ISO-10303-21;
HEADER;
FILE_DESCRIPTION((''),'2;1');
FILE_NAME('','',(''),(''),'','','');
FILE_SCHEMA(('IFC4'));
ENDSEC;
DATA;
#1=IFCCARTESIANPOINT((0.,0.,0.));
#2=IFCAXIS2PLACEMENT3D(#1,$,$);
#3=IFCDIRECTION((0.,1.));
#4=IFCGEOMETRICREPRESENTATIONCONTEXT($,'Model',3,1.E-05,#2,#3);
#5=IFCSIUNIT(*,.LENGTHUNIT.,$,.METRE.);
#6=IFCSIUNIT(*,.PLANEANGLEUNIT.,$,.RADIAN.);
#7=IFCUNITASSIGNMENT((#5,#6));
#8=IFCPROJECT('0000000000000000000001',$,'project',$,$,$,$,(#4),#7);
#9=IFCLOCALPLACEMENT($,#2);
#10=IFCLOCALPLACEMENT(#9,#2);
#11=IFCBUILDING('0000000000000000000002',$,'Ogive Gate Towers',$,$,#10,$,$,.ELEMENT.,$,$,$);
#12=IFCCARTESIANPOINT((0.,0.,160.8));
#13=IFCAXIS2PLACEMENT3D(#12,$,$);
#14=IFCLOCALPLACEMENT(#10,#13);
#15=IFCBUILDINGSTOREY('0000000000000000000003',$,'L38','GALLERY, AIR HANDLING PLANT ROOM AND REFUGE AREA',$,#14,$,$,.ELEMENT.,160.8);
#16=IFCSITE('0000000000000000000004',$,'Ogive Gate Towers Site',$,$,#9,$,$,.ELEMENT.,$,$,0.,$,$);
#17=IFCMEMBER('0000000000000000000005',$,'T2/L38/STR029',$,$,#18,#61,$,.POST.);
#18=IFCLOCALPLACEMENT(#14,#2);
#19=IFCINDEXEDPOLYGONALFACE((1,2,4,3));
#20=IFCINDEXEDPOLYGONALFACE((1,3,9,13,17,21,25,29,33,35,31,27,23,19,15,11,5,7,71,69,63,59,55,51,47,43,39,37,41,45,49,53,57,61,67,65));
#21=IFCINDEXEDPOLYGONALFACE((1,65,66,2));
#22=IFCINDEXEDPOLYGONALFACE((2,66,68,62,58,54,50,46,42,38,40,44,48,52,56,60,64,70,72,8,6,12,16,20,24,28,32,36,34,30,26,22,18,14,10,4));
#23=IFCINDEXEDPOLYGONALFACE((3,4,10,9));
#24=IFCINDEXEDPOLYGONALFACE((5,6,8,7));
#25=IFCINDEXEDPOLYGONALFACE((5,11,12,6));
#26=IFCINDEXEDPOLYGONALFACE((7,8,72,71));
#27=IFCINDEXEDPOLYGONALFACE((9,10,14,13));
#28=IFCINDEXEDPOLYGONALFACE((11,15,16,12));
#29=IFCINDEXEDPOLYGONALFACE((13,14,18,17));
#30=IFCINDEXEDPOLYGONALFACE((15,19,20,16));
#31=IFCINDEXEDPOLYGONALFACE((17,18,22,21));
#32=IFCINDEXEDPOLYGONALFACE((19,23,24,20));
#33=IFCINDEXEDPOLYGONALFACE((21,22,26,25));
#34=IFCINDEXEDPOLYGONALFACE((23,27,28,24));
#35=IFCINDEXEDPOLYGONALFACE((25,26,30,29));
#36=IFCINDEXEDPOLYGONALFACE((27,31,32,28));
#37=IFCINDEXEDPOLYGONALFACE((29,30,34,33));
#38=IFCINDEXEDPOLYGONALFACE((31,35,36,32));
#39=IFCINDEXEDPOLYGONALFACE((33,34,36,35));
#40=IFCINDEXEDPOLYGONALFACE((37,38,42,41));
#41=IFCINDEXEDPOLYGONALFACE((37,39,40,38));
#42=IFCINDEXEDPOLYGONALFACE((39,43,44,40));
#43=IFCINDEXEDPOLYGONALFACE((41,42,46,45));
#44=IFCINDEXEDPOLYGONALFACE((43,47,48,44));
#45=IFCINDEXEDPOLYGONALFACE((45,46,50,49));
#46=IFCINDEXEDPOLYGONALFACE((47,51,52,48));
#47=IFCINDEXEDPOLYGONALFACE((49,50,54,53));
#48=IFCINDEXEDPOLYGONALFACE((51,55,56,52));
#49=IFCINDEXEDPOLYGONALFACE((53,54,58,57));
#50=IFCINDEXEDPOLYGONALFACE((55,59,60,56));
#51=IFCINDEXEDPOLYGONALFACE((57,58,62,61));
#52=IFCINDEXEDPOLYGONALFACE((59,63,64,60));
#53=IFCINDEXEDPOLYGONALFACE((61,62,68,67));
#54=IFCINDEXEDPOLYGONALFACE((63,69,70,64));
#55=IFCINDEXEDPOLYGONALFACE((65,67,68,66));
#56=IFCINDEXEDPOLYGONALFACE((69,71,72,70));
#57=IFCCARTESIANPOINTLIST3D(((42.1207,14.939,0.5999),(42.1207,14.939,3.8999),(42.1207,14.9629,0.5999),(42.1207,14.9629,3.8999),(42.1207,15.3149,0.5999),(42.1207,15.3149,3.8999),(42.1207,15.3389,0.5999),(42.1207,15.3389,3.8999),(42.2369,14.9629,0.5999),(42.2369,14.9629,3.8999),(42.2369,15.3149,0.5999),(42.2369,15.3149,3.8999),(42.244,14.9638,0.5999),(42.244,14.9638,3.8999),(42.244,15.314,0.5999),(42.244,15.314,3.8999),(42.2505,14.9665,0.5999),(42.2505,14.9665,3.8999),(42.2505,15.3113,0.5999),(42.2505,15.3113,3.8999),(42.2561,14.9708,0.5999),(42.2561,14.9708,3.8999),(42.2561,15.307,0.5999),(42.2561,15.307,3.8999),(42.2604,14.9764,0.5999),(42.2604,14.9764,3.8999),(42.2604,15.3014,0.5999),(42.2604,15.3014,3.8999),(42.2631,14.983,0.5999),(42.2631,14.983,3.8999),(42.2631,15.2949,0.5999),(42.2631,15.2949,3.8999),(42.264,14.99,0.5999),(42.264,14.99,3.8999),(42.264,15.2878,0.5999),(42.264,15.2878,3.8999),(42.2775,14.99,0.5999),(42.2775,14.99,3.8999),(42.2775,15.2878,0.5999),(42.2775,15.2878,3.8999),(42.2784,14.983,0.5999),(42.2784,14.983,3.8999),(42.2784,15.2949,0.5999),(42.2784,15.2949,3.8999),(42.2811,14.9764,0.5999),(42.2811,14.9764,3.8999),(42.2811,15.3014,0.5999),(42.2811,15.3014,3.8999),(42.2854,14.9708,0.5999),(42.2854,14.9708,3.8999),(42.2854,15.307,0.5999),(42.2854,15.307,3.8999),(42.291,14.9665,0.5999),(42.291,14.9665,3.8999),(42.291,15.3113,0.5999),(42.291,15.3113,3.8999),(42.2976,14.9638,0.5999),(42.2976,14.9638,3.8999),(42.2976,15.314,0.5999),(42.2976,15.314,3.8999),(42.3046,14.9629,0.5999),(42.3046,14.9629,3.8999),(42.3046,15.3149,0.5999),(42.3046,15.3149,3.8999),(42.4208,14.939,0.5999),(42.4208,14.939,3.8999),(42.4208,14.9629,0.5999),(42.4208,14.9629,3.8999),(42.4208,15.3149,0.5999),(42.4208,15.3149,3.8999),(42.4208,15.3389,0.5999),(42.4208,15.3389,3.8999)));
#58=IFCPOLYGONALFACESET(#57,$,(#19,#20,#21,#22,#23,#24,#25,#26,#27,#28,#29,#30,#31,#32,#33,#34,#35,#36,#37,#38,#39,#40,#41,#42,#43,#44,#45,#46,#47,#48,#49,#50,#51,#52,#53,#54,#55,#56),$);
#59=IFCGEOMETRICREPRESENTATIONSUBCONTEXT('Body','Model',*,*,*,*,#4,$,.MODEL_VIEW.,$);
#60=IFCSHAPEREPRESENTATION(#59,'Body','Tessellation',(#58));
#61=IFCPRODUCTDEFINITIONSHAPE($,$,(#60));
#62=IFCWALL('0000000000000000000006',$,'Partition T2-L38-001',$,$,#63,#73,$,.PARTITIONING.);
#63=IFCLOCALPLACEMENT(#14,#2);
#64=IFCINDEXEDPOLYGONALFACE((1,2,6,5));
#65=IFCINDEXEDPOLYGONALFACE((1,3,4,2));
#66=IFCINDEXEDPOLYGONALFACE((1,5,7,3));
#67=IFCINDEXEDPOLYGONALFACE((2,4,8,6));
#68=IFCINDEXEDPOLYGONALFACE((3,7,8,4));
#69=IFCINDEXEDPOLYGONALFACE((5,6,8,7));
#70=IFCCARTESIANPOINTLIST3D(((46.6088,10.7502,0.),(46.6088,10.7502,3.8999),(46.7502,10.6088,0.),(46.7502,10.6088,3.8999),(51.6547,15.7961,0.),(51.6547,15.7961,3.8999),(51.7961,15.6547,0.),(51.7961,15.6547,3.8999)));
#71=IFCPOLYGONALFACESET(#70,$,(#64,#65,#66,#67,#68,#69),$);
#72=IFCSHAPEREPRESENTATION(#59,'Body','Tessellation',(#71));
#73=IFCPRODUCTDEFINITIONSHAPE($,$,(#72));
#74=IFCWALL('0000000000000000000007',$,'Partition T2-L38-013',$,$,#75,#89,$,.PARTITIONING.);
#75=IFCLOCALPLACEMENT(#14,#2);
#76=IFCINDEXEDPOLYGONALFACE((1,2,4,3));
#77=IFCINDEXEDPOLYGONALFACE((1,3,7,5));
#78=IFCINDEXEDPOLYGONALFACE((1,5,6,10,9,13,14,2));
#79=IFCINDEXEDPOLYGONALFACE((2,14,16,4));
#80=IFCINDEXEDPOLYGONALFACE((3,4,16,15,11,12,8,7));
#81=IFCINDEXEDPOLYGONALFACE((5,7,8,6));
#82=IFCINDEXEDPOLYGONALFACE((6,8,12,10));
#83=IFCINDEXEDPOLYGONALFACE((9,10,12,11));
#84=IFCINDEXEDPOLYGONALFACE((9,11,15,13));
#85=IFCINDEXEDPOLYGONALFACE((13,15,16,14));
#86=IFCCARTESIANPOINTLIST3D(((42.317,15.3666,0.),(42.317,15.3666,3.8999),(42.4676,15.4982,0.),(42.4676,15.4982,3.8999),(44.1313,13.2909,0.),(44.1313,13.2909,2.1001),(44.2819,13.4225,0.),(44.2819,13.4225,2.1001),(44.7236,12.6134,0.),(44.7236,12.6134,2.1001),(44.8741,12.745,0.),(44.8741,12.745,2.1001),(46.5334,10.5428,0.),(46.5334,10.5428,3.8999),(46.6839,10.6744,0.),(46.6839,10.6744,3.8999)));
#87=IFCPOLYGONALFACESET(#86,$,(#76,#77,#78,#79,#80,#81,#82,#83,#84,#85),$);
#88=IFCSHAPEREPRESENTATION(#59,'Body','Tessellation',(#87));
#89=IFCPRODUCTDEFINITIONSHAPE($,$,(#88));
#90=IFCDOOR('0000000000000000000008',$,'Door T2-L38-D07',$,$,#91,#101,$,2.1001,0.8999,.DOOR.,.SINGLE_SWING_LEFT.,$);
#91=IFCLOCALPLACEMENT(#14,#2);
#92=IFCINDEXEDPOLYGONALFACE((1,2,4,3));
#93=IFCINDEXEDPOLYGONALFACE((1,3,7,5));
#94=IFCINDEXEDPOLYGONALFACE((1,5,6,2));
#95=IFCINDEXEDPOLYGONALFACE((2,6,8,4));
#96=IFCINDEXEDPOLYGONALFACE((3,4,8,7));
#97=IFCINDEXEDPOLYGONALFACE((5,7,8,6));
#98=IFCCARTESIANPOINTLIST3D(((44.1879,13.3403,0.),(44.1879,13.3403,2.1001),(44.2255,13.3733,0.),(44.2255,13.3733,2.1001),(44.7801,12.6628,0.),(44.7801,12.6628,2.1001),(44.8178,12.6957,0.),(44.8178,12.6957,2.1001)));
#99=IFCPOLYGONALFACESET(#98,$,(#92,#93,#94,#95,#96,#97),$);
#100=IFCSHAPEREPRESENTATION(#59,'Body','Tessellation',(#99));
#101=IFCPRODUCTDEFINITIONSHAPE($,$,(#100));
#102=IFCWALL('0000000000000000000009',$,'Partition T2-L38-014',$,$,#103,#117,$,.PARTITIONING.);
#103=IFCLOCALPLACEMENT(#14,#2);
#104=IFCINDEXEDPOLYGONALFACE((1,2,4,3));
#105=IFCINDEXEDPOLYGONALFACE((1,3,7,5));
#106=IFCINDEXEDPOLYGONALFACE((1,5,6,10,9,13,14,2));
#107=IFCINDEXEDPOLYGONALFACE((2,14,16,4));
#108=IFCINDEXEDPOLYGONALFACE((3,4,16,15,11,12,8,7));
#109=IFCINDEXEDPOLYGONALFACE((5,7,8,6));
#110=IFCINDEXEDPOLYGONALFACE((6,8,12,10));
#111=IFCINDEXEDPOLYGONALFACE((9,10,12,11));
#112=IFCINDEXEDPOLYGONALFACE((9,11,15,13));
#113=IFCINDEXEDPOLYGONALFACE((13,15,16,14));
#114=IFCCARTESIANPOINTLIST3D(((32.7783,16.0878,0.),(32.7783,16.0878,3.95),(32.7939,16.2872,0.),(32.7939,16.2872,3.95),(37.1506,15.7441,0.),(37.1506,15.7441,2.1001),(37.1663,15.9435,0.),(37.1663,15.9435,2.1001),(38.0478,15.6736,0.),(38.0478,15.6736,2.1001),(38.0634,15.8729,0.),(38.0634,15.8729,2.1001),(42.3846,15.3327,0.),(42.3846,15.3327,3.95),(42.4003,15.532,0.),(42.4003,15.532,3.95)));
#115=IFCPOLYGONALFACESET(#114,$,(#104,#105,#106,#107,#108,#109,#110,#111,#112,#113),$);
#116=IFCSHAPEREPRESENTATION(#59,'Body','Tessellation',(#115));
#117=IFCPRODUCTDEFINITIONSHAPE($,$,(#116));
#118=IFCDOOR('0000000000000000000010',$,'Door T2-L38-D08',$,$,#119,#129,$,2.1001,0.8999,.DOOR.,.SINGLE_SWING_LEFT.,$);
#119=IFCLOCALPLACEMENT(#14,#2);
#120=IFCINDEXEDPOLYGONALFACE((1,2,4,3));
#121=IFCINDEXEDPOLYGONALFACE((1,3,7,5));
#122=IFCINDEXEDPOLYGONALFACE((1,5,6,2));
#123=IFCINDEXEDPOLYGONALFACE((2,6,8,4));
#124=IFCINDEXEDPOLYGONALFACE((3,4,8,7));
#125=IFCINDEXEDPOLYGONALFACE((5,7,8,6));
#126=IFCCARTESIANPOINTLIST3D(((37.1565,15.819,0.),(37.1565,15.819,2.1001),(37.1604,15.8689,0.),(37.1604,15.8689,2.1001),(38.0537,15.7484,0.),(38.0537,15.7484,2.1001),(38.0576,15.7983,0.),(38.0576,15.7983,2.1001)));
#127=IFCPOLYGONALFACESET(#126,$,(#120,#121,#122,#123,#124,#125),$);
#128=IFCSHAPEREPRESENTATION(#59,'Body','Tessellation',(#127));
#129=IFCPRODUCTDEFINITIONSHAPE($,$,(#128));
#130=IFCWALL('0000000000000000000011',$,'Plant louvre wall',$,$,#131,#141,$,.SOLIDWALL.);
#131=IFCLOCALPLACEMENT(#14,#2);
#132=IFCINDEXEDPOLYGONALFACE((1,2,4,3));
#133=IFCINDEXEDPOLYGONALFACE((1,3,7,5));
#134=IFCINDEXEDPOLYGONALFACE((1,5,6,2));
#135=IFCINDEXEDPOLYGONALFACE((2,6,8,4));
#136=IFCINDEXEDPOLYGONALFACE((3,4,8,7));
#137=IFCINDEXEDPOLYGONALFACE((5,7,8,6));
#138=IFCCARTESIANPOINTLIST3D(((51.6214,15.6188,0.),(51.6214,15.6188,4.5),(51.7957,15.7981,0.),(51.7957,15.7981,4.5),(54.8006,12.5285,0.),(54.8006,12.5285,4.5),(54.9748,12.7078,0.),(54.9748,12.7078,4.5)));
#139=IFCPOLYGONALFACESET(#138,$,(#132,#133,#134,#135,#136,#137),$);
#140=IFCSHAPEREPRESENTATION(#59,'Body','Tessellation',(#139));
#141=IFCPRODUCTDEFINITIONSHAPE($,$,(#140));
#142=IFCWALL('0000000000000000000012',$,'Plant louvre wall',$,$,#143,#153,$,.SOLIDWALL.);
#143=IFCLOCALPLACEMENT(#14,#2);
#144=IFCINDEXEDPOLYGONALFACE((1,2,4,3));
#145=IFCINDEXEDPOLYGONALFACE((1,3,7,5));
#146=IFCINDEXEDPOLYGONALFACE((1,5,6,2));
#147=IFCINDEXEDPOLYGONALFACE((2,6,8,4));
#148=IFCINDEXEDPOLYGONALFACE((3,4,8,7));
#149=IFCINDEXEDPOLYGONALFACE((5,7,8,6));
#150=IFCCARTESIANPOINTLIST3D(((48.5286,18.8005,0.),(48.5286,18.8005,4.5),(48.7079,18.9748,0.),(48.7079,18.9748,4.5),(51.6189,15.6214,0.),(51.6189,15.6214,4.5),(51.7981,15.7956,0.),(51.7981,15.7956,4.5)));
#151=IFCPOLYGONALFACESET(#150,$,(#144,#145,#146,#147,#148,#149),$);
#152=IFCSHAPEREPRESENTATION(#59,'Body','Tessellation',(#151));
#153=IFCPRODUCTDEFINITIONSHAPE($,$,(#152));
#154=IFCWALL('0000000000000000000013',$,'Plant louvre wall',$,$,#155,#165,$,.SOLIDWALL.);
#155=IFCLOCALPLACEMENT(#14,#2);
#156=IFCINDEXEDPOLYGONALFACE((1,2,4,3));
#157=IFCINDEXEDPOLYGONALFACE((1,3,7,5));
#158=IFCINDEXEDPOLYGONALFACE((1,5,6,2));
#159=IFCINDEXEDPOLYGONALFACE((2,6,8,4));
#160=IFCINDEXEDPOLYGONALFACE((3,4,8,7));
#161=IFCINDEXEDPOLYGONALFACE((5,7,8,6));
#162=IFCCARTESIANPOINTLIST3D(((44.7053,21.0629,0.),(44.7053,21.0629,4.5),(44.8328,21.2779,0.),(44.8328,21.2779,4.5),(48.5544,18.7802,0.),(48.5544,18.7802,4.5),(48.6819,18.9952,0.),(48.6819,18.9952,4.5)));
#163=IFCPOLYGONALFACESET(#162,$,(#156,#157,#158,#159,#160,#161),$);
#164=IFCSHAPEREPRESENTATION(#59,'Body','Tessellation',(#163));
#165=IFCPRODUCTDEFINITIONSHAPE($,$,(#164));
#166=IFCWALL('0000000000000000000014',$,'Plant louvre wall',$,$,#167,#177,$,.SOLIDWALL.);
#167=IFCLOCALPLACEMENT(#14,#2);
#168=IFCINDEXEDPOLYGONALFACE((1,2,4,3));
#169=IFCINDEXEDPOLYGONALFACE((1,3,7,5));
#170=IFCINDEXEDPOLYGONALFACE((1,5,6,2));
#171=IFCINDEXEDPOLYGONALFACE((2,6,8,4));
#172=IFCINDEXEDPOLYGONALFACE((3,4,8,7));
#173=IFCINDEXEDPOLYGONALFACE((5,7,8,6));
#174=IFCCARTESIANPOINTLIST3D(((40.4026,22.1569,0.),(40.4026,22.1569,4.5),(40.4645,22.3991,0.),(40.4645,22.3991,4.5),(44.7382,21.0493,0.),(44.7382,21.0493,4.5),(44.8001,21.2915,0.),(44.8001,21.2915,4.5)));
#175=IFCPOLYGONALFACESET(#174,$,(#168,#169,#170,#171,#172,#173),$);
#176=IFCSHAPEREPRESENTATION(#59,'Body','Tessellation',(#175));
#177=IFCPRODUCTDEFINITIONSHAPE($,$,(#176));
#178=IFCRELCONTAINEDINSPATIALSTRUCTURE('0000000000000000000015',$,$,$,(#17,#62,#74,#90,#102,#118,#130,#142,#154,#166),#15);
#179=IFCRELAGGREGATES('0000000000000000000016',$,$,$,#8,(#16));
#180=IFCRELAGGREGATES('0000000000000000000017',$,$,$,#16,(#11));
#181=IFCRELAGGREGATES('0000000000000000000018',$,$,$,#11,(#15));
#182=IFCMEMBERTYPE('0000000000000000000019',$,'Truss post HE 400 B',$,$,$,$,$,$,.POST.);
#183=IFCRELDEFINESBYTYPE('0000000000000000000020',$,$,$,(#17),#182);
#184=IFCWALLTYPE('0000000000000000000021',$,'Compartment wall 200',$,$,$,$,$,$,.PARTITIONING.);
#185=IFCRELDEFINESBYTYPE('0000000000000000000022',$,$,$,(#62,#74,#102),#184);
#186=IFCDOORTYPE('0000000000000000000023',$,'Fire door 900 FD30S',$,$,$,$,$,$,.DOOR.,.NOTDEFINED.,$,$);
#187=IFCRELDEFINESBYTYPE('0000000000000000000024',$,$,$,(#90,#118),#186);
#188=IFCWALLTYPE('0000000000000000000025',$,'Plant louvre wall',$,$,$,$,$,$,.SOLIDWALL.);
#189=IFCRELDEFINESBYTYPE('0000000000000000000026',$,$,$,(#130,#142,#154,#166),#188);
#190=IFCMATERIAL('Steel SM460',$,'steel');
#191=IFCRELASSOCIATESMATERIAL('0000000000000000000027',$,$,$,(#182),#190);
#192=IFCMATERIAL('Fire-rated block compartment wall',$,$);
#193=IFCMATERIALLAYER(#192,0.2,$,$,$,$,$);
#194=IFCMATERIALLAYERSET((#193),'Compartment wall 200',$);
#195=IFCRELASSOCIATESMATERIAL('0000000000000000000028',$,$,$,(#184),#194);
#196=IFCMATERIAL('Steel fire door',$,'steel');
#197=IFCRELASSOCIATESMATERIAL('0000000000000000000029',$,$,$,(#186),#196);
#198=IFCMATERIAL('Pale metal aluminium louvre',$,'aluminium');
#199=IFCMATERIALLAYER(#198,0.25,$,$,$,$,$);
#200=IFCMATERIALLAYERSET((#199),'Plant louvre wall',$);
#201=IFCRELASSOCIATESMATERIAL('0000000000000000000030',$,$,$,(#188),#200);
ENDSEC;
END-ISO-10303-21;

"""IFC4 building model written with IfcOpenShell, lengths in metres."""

from ifc_helpers import new_model, si_unit, direction, frame, frame_2d, origin, origin_2d, place, context, subcontext, project, spatial, rectangle, i_section, extrude, material, layer, layer_set, material_profile, profile_set, type_object, element, fill, save


model = new_model("IFC4")

# Units and contexts
model_context = context("Model", 3, precision=1e-05, world=origin(), true_north=direction((0.0, 1.0)))
body_context = subcontext(model_context, "Body", "Model", "MODEL_VIEW")
ifc_project = project(units=[si_unit("LENGTHUNIT", "METRE"), si_unit("PLANEANGLEUNIT", "RADIAN")], contexts=[model_context])

# Site, building, storey
site_placement = place(None, origin())
site = spatial("IfcSite", under=ifc_project, at=site_placement, Name="Ogive Gate Towers Site", CompositionType="ELEMENT", RefElevation=0.0)
building_placement = place(site_placement, origin())
building = spatial("IfcBuilding", under=site, at=building_placement, Name="Ogive Gate Towers", CompositionType="ELEMENT")
storey_placement = place(building_placement, frame((0.0, 0.0, 160.8)))
storey = spatial("IfcBuildingStorey", under=building, at=storey_placement, Name="L38", Description="GALLERY, AIR HANDLING PLANT ROOM AND REFUGE AREA", CompositionType="ELEMENT", Elevation=160.8)

# Shared definitions
ifc_material_1 = material(Name="Steel SM460", Category="steel")

# Member
ifc_material_profile_1 = material_profile(ifc_material_1, i_section(OverallWidth=0.3, OverallDepth=0.3999, WebThickness=0.0134, FlangeThickness=0.0239, FilletRadius=0.0271, at=origin_2d()), Name="HE 400 B")
ifc_profile_set_1 = profile_set([ifc_material_profile_1], Name="Steel SM460")
member_type_1 = type_object("IfcMemberType", Name="Truss post HE 400 B", PredefinedType="POST", material=ifc_profile_set_1)
for number, where, z_axis, x_axis, name in (
    (1, (42.2708, 15.1389, 0.5999), (0.0, 0.0, 1.0), (1.0, 0.0, 0.0), "T2/L38/STR029"),
):
    element("IfcMember", number, at=place(storey_placement, frame(where, z_axis=z_axis, x_axis=x_axis)), inside=storey, type_object=member_type_1, Name=name, PredefinedType="POST", context=body_context, shape_type="SweptSolid", body=[
        extrude(i_section(OverallWidth=0.3, OverallDepth=0.3999, WebThickness=0.0134, FlangeThickness=0.0239, FilletRadius=0.0271, at=origin_2d()), origin(), (0.0, 0.0, 1.0), 3.3),
    ])

# Wall
ifc_material_2 = material(Name="Fire-rated block compartment wall")
ifc_layer_1 = layer(ifc_material_2, 0.2)
ifc_layer_set_1 = layer_set([ifc_layer_1], Name="Compartment wall 200")
wall_type_1 = type_object("IfcWallType", Name="Compartment wall 200", PredefinedType="PARTITIONING", material=ifc_layer_set_1)
wall_1_placement = place(storey_placement, frame((51.7253, 15.7253, 0.0), z_axis=(0.0, 0.0, 1.0), x_axis=(-0.707107, -0.707107, 0.0)))
element("IfcWall", 2, at=wall_1_placement, inside=storey, type_object=wall_type_1, Name="Partition T2-L38-001", PredefinedType="PARTITIONING", context=body_context, shape_type="SweptSolid", body=[
    extrude(rectangle(XDim=7.136, YDim=0.2, at=frame_2d((3.5679, 0.0))), origin(), (0.0, 0.0, 1.0), 3.8999),
])

# Walls, openings, doors
wall_2_placement = place(storey_placement, frame((46.6086, 10.6086, 0.0), z_axis=(0.0, 0.0, 1.0), x_axis=(-0.658111, 0.752921, 0.0)))
wall_2 = element("IfcWall", 3, at=wall_2_placement, inside=storey, type_object=wall_type_1, Name="Partition T2-L38-013", PredefinedType="PARTITIONING", context=body_context, shape_type="SweptSolid", body=[
    extrude(rectangle(XDim=6.4067, YDim=0.2, at=frame_2d((3.2034, 0.0))), origin(), (0.0, 0.0, 1.0), 3.8999),
])
opening_1_placement = place(wall_2_placement, frame((2.75, 0.0, 0.0)))
opening_1 = element("IfcOpeningElement", 4, at=opening_1_placement, cuts=wall_2, PredefinedType="OPENING", context=body_context, shape_type="SweptSolid", body=[
    extrude(rectangle(XDim=0.8999, YDim=2.1001, at=frame_2d((0.45, 1.05))), frame((0.0, 0.1099, 0.0), z_axis=(0.0, -1.0, 0.0), x_axis=(1.0, 0.0, 0.0)), (0.0, 0.0, 1.0), 0.22),
])
ifc_material_3 = material(Name="Steel fire door", Category="steel")
door_type = type_object("IfcDoorType", Name="Fire door 900 FD30S", OperationType="NOTDEFINED", PredefinedType="DOOR", material=ifc_material_3)
door_1_placement = place(opening_1_placement, origin())
door_1 = element("IfcDoor", 5, at=door_1_placement, inside=storey, type_object=door_type, Name="Door T2-L38-D07", OperationType="SINGLE_SWING_LEFT", OverallHeight=2.1001, OverallWidth=0.8999, PredefinedType="DOOR", context=body_context, shape_type="SweptSolid", body=[
    extrude(rectangle(XDim=0.8999, YDim=2.1001, at=frame_2d((0.45, 1.05))), frame((0.0, 0.0249, 0.0), z_axis=(0.0, -1.0, 0.0), x_axis=(1.0, 0.0, 0.0)), (0.0, 0.0, 1.0), 0.05),
])
fill(opening_1, door_1)
wall_3_placement = place(storey_placement, frame((42.3923, 15.4324, 0.0), z_axis=(0.0, 0.0, 1.0), x_axis=(-0.996925, 0.078365, 0.0)))
wall_3 = element("IfcWall", 6, at=wall_3_placement, inside=storey, type_object=wall_type_1, Name="Partition T2-L38-014", PredefinedType="PARTITIONING", context=body_context, shape_type="SweptSolid", body=[
    extrude(rectangle(XDim=9.636, YDim=0.2, at=frame_2d((4.8179, 0.0))), origin(), (0.0, 0.0, 1.0), 3.95),
])
opening_2_placement = place(wall_3_placement, frame((4.3501, 0.0, 0.0)))
opening_2 = element("IfcOpeningElement", 7, at=opening_2_placement, cuts=wall_3, PredefinedType="OPENING", context=body_context, shape_type="SweptSolid", body=[
    extrude(rectangle(XDim=0.8999, YDim=2.1001, at=frame_2d((0.45, 1.05))), frame((0.0, 0.1099, 0.0), z_axis=(0.0, -1.0, 0.0), x_axis=(1.0, 0.0, 0.0)), (0.0, 0.0, 1.0), 0.22),
])
door_2_placement = place(opening_2_placement, origin())
door_2 = element("IfcDoor", 8, at=door_2_placement, inside=storey, type_object=door_type, Name="Door T2-L38-D08", OperationType="SINGLE_SWING_LEFT", OverallHeight=2.1001, OverallWidth=0.8999, PredefinedType="DOOR", context=body_context, shape_type="SweptSolid", body=[
    extrude(rectangle(XDim=0.8999, YDim=2.1001, at=frame_2d((0.45, 1.05))), frame((0.0, 0.0249, 0.0), z_axis=(0.0, -1.0, 0.0), x_axis=(1.0, 0.0, 0.0)), (0.0, 0.0, 1.0), 0.05),
])
fill(opening_2, door_2)

# Walls
ifc_material_4 = material(Name="Pale metal aluminium louvre", Category="aluminium")
ifc_layer_2 = layer(ifc_material_4, 0.25)
ifc_layer_set_2 = layer_set([ifc_layer_2], Name="Plant louvre wall")
wall_type_2 = type_object("IfcWallType", Name="Plant louvre wall", PredefinedType="SOLIDWALL", material=ifc_layer_set_2)
for number, where, z_axis, x_axis, name in (
    (9, (54.8877, 12.6182, 0.0), (0.0, 0.0, 1.0), (-0.717058, 0.697014, 0.0), "Plant louvre wall"),
    (10, (51.7085, 15.7085, 0.0), (0.0, 0.0, 1.0), (-0.697014, 0.717058, 0.0), "Plant louvre wall"),
):
    element("IfcWall", number, at=place(storey_placement, frame(where, z_axis=z_axis, x_axis=x_axis)), inside=storey, type_object=wall_type_2, Name=name, PredefinedType="SOLIDWALL", context=body_context, shape_type="SweptSolid", body=[
        extrude(rectangle(XDim=4.4336, YDim=0.25, at=frame_2d((2.2168, 0.0))), origin(), (0.0, 0.0, 1.0), 4.5),
    ])
wall_4_placement = place(storey_placement, frame((48.6182, 18.8877, 0.0), z_axis=(0.0, 0.0, 1.0), x_axis=(-0.86012, 0.510092, 0.0)))
element("IfcWall", 11, at=wall_4_placement, inside=storey, type_object=wall_type_2, Name="Plant louvre wall", PredefinedType="SOLIDWALL", context=body_context, shape_type="SweptSolid", body=[
    extrude(rectangle(XDim=4.4751, YDim=0.25, at=frame_2d((2.2375, 0.0))), origin(), (0.0, 0.0, 1.0), 4.5),
])
wall_5_placement = place(storey_placement, frame((44.769, 21.1704, 0.0), z_axis=(0.0, 0.0, 1.0), x_axis=(-0.968881, 0.247526, 0.0)))
element("IfcWall", 12, at=wall_5_placement, inside=storey, type_object=wall_type_2, Name="Plant louvre wall", PredefinedType="SOLIDWALL", context=body_context, shape_type="SweptSolid", body=[
    extrude(rectangle(XDim=4.4749, YDim=0.25, at=frame_2d((2.2373, 0.0))), origin(), (0.0, 0.0, 1.0), 4.5),
])

save(model, "model.ifc")
